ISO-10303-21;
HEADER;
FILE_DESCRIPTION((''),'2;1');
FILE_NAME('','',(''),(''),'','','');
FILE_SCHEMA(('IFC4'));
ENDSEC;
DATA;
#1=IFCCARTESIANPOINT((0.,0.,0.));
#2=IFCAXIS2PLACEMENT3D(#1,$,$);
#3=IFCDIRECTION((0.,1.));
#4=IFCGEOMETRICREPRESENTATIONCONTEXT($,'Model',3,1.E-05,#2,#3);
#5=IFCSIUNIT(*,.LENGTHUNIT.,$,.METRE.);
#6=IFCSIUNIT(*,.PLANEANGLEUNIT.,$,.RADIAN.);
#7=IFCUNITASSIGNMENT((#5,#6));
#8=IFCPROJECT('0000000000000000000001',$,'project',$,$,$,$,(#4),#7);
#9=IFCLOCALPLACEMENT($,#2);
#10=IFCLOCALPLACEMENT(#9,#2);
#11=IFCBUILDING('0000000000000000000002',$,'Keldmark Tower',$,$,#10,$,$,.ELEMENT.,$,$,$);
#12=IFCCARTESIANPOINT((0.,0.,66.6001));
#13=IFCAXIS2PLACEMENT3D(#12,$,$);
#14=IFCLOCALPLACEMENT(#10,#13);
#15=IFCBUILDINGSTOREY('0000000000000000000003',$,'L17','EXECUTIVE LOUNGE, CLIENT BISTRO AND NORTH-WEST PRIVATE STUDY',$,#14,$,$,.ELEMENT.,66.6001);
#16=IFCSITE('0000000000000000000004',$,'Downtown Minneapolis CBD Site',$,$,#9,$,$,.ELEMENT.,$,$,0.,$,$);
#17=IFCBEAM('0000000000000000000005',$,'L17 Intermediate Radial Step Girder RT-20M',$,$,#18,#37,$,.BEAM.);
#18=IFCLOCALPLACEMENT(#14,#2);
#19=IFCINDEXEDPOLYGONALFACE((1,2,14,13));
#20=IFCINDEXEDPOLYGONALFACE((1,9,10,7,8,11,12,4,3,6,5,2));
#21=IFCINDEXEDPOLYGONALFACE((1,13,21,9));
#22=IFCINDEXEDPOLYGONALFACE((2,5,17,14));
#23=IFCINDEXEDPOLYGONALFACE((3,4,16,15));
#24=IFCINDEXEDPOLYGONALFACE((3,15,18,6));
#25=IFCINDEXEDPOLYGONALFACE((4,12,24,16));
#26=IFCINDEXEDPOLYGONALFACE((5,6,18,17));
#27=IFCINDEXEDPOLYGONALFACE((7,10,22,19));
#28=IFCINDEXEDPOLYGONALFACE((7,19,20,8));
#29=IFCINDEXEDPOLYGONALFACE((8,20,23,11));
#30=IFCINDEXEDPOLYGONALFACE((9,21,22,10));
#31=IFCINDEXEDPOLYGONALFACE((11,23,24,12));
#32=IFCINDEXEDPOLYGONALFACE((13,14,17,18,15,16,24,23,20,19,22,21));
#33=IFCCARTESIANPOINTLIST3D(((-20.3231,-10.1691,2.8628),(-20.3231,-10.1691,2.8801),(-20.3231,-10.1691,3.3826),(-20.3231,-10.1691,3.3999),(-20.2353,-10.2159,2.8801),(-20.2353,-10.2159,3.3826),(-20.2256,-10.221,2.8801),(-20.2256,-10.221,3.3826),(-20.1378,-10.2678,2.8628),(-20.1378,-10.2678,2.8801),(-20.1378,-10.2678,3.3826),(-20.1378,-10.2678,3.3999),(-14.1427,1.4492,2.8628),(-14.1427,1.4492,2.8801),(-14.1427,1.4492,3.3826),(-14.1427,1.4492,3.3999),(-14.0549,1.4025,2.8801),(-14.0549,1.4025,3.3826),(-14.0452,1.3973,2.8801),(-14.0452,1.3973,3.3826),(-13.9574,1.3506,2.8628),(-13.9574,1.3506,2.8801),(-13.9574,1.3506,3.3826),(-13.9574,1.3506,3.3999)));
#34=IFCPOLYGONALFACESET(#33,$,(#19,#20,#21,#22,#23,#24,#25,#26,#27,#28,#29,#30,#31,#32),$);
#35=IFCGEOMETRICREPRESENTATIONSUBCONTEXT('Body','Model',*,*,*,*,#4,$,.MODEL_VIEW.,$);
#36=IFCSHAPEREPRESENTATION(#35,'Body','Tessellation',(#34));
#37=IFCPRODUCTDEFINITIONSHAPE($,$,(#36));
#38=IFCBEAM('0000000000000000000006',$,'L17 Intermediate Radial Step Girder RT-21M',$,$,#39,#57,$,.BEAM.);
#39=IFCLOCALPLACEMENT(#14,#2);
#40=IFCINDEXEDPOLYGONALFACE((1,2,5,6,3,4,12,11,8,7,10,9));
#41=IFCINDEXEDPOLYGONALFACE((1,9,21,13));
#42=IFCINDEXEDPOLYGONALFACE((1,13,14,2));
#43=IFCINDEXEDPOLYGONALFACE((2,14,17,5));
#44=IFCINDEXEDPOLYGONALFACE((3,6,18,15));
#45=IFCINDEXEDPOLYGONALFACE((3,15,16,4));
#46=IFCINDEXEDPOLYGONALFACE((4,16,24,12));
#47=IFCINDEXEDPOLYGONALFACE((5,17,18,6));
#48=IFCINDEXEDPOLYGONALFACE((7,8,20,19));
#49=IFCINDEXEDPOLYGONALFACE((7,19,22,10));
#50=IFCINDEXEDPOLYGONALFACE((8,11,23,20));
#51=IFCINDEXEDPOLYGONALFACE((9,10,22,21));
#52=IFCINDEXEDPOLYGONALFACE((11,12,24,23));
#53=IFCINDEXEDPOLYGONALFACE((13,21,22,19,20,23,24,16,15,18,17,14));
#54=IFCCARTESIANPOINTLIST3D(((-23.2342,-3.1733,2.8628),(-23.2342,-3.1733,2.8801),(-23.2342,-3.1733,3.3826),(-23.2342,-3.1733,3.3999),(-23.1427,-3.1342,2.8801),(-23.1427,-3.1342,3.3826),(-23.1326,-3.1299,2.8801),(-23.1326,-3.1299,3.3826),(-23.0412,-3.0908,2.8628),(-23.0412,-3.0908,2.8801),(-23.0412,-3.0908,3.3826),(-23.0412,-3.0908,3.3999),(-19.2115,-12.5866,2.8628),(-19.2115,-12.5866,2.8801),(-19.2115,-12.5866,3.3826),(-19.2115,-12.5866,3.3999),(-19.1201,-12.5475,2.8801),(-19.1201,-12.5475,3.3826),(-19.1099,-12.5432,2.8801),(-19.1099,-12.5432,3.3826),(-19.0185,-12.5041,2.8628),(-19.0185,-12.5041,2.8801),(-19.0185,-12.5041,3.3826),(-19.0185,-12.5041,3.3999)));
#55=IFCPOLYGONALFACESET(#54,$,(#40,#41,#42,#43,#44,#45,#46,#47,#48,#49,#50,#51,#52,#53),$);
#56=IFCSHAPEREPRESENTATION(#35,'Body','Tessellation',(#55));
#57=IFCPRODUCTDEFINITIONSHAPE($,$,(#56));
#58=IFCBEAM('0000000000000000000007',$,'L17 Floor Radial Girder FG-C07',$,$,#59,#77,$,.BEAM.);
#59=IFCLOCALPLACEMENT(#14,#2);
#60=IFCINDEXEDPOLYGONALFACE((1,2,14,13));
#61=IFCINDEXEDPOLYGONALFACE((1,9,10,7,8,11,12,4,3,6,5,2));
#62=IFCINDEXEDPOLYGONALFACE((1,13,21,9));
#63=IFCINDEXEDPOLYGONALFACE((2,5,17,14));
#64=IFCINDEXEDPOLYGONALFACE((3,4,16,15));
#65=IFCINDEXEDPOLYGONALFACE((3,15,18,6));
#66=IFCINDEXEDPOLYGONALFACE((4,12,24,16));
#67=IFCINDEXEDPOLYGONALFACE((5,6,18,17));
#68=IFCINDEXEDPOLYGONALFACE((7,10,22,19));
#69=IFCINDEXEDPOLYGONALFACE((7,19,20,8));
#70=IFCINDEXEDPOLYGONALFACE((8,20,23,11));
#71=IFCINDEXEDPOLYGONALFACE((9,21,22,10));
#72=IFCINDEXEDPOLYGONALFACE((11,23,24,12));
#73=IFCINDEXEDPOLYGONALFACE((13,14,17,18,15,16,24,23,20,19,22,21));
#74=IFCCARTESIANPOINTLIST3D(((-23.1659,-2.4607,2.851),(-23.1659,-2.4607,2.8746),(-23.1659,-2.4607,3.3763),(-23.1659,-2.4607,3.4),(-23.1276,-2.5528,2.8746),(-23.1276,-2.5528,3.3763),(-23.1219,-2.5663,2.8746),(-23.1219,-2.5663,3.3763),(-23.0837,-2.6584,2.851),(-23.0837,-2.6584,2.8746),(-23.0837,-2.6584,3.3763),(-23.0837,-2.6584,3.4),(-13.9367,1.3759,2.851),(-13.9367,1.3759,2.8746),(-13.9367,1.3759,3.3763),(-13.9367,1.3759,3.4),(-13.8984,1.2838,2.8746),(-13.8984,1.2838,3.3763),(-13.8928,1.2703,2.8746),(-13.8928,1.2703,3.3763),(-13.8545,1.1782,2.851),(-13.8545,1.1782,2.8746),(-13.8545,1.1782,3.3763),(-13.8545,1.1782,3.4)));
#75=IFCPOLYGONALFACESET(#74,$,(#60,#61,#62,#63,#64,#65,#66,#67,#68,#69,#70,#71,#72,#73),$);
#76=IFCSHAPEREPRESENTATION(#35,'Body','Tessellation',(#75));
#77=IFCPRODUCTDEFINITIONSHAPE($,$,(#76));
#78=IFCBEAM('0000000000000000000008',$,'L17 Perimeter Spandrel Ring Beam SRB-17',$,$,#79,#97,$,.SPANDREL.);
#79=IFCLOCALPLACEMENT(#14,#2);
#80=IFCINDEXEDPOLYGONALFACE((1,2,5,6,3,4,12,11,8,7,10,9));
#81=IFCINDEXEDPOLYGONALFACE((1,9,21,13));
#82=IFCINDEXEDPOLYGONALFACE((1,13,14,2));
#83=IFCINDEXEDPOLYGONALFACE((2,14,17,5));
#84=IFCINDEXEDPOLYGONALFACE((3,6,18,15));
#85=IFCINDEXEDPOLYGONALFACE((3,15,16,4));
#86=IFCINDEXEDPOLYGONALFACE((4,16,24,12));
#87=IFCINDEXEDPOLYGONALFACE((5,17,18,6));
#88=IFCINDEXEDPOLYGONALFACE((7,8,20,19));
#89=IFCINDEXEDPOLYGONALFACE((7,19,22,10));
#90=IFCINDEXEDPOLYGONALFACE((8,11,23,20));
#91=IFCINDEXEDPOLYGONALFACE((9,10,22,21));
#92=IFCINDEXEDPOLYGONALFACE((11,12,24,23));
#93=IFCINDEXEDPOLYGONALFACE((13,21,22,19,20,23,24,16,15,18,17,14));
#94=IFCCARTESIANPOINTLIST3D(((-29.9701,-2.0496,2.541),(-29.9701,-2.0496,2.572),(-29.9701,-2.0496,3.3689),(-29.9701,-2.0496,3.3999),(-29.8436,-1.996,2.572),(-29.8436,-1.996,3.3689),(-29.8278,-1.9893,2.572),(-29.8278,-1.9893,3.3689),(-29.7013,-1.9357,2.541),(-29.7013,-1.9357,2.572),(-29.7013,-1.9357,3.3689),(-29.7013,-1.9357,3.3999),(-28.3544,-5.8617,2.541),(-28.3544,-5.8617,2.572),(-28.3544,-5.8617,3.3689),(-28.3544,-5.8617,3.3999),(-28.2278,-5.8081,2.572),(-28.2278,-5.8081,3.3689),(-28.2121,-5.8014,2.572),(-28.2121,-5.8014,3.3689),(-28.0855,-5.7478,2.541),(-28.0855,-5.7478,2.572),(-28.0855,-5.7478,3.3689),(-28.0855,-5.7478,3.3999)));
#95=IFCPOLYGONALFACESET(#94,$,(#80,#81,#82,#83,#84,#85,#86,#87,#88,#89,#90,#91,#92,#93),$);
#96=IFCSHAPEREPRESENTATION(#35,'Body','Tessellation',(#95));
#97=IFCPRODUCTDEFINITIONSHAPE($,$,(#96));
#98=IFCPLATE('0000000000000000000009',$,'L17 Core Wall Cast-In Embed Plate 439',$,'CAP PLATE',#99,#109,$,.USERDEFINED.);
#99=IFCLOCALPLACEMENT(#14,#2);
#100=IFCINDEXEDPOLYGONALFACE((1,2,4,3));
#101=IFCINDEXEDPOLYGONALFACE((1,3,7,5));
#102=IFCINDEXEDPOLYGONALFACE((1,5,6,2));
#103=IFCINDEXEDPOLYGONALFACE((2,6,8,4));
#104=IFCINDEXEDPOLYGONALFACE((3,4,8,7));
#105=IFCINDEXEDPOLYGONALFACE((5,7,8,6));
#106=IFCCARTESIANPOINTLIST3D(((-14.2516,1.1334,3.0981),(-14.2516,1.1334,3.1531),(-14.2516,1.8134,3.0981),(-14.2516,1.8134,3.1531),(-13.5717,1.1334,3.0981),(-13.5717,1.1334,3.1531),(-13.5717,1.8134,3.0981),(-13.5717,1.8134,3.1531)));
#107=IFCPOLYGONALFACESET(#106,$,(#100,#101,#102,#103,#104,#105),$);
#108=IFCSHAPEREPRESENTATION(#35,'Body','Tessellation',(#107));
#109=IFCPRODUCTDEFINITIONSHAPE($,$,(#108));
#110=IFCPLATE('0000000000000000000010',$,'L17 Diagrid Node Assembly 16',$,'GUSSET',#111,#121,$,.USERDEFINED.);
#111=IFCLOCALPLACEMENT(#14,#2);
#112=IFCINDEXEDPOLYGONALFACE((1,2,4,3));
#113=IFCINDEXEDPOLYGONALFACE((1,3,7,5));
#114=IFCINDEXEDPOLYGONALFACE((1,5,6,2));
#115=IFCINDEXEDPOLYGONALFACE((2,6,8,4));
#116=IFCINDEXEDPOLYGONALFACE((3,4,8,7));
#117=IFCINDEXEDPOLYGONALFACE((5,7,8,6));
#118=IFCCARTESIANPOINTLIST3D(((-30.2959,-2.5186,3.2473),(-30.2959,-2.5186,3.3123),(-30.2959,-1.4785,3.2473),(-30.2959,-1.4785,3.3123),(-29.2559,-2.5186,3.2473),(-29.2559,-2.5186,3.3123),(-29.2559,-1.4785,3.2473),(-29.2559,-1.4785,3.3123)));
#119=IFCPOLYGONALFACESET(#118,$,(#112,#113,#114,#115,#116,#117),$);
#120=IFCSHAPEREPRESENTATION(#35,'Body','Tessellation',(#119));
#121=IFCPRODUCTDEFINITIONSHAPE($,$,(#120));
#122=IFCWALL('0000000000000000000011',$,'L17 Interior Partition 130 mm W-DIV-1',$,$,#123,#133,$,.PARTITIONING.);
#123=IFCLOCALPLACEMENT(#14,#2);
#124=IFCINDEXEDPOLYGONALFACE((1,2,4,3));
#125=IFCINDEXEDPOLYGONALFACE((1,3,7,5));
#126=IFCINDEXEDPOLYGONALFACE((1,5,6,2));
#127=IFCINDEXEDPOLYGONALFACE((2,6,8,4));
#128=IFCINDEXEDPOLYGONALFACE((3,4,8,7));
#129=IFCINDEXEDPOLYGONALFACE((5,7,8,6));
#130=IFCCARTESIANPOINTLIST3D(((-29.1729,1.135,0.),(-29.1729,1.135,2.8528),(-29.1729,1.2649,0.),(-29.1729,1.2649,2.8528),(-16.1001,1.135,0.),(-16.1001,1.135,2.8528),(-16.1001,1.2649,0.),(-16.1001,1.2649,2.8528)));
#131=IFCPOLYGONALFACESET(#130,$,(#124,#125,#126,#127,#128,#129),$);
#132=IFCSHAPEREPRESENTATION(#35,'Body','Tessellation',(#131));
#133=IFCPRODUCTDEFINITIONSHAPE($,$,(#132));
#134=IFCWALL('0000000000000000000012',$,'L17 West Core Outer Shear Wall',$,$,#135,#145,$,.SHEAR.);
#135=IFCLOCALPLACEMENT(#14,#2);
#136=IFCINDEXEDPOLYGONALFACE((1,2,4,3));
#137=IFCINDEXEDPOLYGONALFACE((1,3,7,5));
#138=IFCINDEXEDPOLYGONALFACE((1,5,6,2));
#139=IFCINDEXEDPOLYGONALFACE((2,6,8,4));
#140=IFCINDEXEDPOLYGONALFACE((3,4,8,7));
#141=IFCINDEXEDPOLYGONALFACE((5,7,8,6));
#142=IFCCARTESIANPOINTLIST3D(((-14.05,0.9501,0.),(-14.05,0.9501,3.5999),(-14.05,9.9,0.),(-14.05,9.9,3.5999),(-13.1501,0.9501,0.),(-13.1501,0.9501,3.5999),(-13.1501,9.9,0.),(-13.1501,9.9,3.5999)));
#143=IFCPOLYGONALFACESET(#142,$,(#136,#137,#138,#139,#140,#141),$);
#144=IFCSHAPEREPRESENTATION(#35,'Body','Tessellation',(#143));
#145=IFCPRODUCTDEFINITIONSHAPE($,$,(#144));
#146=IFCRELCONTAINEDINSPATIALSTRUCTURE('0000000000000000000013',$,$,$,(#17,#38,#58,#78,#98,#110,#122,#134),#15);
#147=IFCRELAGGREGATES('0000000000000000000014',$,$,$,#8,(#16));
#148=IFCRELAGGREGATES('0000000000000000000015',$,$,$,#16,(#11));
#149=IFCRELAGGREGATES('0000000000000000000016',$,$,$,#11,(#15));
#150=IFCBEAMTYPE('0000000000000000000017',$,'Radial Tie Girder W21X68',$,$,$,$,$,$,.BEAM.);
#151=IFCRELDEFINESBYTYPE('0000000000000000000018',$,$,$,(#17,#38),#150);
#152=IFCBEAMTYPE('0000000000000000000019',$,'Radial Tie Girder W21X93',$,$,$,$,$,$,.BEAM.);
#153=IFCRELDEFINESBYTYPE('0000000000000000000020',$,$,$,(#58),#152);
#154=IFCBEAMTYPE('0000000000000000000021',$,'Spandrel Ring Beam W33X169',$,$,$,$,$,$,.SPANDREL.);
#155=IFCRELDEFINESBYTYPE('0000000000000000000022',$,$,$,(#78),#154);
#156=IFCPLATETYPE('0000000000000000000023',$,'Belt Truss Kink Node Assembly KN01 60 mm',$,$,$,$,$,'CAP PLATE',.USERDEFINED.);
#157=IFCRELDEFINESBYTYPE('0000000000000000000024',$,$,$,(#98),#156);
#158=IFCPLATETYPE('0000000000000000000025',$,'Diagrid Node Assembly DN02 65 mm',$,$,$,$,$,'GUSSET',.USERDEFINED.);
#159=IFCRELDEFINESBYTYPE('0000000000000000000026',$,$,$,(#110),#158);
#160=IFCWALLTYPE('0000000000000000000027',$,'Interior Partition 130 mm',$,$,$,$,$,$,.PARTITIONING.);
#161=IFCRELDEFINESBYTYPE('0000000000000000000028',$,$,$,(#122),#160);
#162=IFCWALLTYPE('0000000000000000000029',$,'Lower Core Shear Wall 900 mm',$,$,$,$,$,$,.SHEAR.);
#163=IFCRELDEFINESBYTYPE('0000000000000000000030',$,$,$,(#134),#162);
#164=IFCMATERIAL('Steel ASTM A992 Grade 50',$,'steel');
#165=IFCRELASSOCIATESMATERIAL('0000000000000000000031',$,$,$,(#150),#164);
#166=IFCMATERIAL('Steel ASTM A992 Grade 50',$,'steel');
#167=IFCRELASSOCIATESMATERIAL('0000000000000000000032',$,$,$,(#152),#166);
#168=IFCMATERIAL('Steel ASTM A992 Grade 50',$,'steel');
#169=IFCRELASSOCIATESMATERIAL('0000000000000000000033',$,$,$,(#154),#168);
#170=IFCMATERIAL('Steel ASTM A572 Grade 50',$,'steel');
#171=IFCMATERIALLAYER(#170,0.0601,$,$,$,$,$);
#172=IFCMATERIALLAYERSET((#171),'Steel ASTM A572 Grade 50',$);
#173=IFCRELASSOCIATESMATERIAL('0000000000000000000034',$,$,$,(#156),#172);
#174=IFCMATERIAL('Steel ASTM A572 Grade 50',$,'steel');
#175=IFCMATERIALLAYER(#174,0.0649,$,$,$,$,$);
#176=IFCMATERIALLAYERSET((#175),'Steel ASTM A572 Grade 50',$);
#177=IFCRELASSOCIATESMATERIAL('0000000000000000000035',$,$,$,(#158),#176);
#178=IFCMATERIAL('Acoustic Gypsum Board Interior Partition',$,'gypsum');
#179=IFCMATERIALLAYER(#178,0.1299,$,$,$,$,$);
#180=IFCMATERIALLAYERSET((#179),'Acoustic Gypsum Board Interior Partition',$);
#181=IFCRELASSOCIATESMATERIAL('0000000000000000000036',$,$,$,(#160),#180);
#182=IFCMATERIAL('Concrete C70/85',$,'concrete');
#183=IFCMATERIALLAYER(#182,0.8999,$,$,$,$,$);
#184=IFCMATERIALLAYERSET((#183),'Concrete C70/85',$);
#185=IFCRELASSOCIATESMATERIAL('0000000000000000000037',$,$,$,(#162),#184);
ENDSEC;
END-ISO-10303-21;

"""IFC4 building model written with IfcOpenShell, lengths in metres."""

from ifc_helpers import new_model, si_unit, direction, frame, frame_2d, origin, origin_2d, place, context, subcontext, project, spatial, rectangle, i_section, extrude, material, layer, layer_set, material_profile, profile_set, type_object, element, save


model = new_model("IFC4")

# Units and contexts
model_context = context("Model", 3, precision=1e-05, world=origin(), true_north=direction((0.0, 1.0)))
body_context = subcontext(model_context, "Body", "Model", "MODEL_VIEW")
ifc_project = project(units=[si_unit("LENGTHUNIT", "METRE"), si_unit("PLANEANGLEUNIT", "RADIAN")], contexts=[model_context])

# Site, building, storey
site_placement = place(None, origin())
site = spatial("IfcSite", under=ifc_project, at=site_placement, Name="Downtown Minneapolis CBD Site", CompositionType="ELEMENT", RefElevation=0.0)
building_placement = place(site_placement, origin())
building = spatial("IfcBuilding", under=site, at=building_placement, Name="Keldmark Tower", CompositionType="ELEMENT")
storey_placement = place(building_placement, frame((0.0, 0.0, 66.6001)))
storey = spatial("IfcBuildingStorey", under=building, at=storey_placement, Name="L17", Description="EXECUTIVE LOUNGE, CLIENT BISTRO AND NORTH-WEST PRIVATE STUDY", CompositionType="ELEMENT", Elevation=66.6001)

# Beams
ifc_material_1 = material(Name="Steel ASTM A992 Grade 50", Category="steel")
ifc_material_profile_1 = material_profile(ifc_material_1, i_section(OverallWidth=0.21, OverallDepth=0.5371, WebThickness=0.011, FlangeThickness=0.0173, at=origin_2d()), Name="W21X68")
ifc_profile_set_1 = profile_set([ifc_material_profile_1], Name="Steel ASTM A992 Grade 50")
beam_type_1 = type_object("IfcBeamType", Name="Radial Tie Girder W21X68", PredefinedType="BEAM", material=ifc_profile_set_1)
beam_1_placement = place(storey_placement, frame((-14.05, 1.3999, 3.1313), z_axis=(-0.469638, -0.882859, 0.0), x_axis=(0.882859, -0.469638, 0.0)))
element("IfcBeam", 1, at=beam_1_placement, inside=storey, type_object=beam_type_1, Name="L17 Intermediate Radial Step Girder RT-20M", PredefinedType="BEAM", context=body_context, shape_type="SweptSolid", body=[
    extrude(i_section(OverallWidth=0.21, OverallDepth=0.5371, WebThickness=0.011, FlangeThickness=0.0173, at=origin_2d()), origin(), (0.0, 0.0, 1.0), 13.1599),
])
beam_2_placement = place(storey_placement, frame((-23.1377, -3.1321, 3.1313), z_axis=(0.392963, -0.919554, 0.0), x_axis=(0.919554, 0.392963, 0.0)))
element("IfcBeam", 2, at=beam_2_placement, inside=storey, type_object=beam_type_1, Name="L17 Intermediate Radial Step Girder RT-21M", PredefinedType="BEAM", context=body_context, shape_type="SweptSolid", body=[
    extrude(i_section(OverallWidth=0.21, OverallDepth=0.5371, WebThickness=0.011, FlangeThickness=0.0173, at=origin_2d()), origin(), (0.0, 0.0, 1.0), 10.2368),
])
ifc_material_2 = material(Name="Steel ASTM A992 Grade 50", Category="steel")
ifc_material_profile_2 = material_profile(ifc_material_2, i_section(OverallWidth=0.2141, OverallDepth=0.5491, WebThickness=0.0146, FlangeThickness=0.0237, at=origin_2d()), Name="W21X93")
ifc_profile_set_2 = profile_set([ifc_material_profile_2], Name="Steel ASTM A992 Grade 50")
beam_type_2 = type_object("IfcBeamType", Name="Radial Tie Girder W21X93", PredefinedType="BEAM", material=ifc_profile_set_2)
beam_3_placement = place(storey_placement, frame((-23.1248, -2.5596, 3.1255), z_axis=(0.923391, 0.383861, 0.0), x_axis=(-0.383861, 0.923391, 0.0)))
element("IfcBeam", 3, at=beam_3_placement, inside=storey, type_object=beam_type_2, Name="L17 Floor Radial Girder FG-C07", PredefinedType="BEAM", context=body_context, shape_type="SweptSolid", body=[
    extrude(i_section(OverallWidth=0.2141, OverallDepth=0.5491, WebThickness=0.0146, FlangeThickness=0.0237, at=origin_2d()), origin(), (0.0, 0.0, 1.0), 9.9949),
])
ifc_material_3 = material(Name="Steel ASTM A992 Grade 50", Category="steel")
ifc_material_profile_3 = material_profile(ifc_material_3, i_section(OverallWidth=0.292, OverallDepth=0.8589, WebThickness=0.0171, FlangeThickness=0.031, at=origin_2d()), Name="W33X169")
ifc_profile_set_3 = profile_set([ifc_material_profile_3], Name="Steel ASTM A992 Grade 50")
beam_type_3 = type_object("IfcBeamType", Name="Spandrel Ring Beam W33X169", PredefinedType="SPANDREL", material=ifc_profile_set_3)
beam_4_placement = place(storey_placement, frame((-29.8357, -1.9927, 2.9705), z_axis=(0.390244, -0.920712, 0.0), x_axis=(0.920712, 0.390244, 0.0)))
element("IfcBeam", 4, at=beam_4_placement, inside=storey, type_object=beam_type_3, Name="L17 Perimeter Spandrel Ring Beam SRB-17", PredefinedType="SPANDREL", context=body_context, shape_type="SweptSolid", body=[
    extrude(i_section(OverallWidth=0.292, OverallDepth=0.8589, WebThickness=0.0171, FlangeThickness=0.031, at=origin_2d()), origin(), (0.0, 0.0, 1.0), 4.1404),
])

# Plates
ifc_material_4 = material(Name="Steel ASTM A572 Grade 50", Category="steel")
ifc_layer_1 = layer(ifc_material_4, 0.0601)
ifc_layer_set_1 = layer_set([ifc_layer_1], Name="Steel ASTM A572 Grade 50")
plate_type_1 = type_object("IfcPlateType", Name="Belt Truss Kink Node Assembly KN01 60 mm", ElementType="CAP PLATE", PredefinedType="USERDEFINED", material=ifc_layer_set_1)
plate_1_placement = place(storey_placement, frame((-13.9116, 1.4734, 3.0981), z_axis=(0.0, 0.0, 1.0), x_axis=(1.0, 0.0, 0.0)))
element("IfcPlate", 5, at=plate_1_placement, inside=storey, type_object=plate_type_1, Name="L17 Core Wall Cast-In Embed Plate 439", ObjectType="CAP PLATE", PredefinedType="USERDEFINED", context=body_context, shape_type="SweptSolid", body=[
    extrude(rectangle(XDim=0.6799, YDim=0.6799, at=origin_2d()), origin(), (0.0, 0.0, 1.0), 0.0549),
])
ifc_material_5 = material(Name="Steel ASTM A572 Grade 50", Category="steel")
ifc_layer_2 = layer(ifc_material_5, 0.0649)
ifc_layer_set_2 = layer_set([ifc_layer_2], Name="Steel ASTM A572 Grade 50")
plate_type_2 = type_object("IfcPlateType", Name="Diagrid Node Assembly DN02 65 mm", ElementType="GUSSET", PredefinedType="USERDEFINED", material=ifc_layer_set_2)
plate_2_placement = place(storey_placement, frame((-29.7759, -1.9985, 3.2473), z_axis=(0.0, 0.0, 1.0), x_axis=(0.0, -1.0, 0.0)))
element("IfcPlate", 6, at=plate_2_placement, inside=storey, type_object=plate_type_2, Name="L17 Diagrid Node Assembly 16", ObjectType="GUSSET", PredefinedType="USERDEFINED", context=body_context, shape_type="SweptSolid", body=[
    extrude(rectangle(XDim=1.04, YDim=1.04, at=origin_2d()), origin(), (0.0, 0.0, 1.0), 0.0649),
])

# Walls
ifc_material_6 = material(Name="Acoustic Gypsum Board Interior Partition", Category="gypsum")
ifc_layer_3 = layer(ifc_material_6, 0.1299)
ifc_layer_set_3 = layer_set([ifc_layer_3], Name="Acoustic Gypsum Board Interior Partition")
wall_type_1 = type_object("IfcWallType", Name="Interior Partition 130 mm", PredefinedType="PARTITIONING", material=ifc_layer_set_3)
wall_1_placement = place(storey_placement, frame((-29.1729, 1.2, 0.0), z_axis=(0.0, 0.0, 1.0), x_axis=(1.0, 0.0, 0.0)))
element("IfcWall", 7, at=wall_1_placement, inside=storey, type_object=wall_type_1, Name="L17 Interior Partition 130 mm W-DIV-1", PredefinedType="PARTITIONING", context=body_context, shape_type="SweptSolid", body=[
    extrude(rectangle(XDim=13.0728, YDim=0.1299, at=frame_2d((6.5364, 0.0))), origin(), (0.0, 0.0, 1.0), 2.8528),
])
ifc_material_7 = material(Name="Concrete C70/85", Category="concrete")
ifc_layer_4 = layer(ifc_material_7, 0.8999)
ifc_layer_set_4 = layer_set([ifc_layer_4], Name="Concrete C70/85")
wall_type_2 = type_object("IfcWallType", Name="Lower Core Shear Wall 900 mm", PredefinedType="SHEAR", material=ifc_layer_set_4)
wall_2_placement = place(storey_placement, frame((-13.6001, 0.95, 0.0), z_axis=(0.0, 0.0, 1.0), x_axis=(0.0, 1.0, 0.0)))
element("IfcWall", 8, at=wall_2_placement, inside=storey, type_object=wall_type_2, Name="L17 West Core Outer Shear Wall", PredefinedType="SHEAR", context=body_context, shape_type="SweptSolid", body=[
    extrude(rectangle(XDim=8.95, YDim=0.8999, at=frame_2d((4.4751, 0.0))), origin(), (0.0, 0.0, 1.0), 3.5999),
])

save(model, "model.ifc")
